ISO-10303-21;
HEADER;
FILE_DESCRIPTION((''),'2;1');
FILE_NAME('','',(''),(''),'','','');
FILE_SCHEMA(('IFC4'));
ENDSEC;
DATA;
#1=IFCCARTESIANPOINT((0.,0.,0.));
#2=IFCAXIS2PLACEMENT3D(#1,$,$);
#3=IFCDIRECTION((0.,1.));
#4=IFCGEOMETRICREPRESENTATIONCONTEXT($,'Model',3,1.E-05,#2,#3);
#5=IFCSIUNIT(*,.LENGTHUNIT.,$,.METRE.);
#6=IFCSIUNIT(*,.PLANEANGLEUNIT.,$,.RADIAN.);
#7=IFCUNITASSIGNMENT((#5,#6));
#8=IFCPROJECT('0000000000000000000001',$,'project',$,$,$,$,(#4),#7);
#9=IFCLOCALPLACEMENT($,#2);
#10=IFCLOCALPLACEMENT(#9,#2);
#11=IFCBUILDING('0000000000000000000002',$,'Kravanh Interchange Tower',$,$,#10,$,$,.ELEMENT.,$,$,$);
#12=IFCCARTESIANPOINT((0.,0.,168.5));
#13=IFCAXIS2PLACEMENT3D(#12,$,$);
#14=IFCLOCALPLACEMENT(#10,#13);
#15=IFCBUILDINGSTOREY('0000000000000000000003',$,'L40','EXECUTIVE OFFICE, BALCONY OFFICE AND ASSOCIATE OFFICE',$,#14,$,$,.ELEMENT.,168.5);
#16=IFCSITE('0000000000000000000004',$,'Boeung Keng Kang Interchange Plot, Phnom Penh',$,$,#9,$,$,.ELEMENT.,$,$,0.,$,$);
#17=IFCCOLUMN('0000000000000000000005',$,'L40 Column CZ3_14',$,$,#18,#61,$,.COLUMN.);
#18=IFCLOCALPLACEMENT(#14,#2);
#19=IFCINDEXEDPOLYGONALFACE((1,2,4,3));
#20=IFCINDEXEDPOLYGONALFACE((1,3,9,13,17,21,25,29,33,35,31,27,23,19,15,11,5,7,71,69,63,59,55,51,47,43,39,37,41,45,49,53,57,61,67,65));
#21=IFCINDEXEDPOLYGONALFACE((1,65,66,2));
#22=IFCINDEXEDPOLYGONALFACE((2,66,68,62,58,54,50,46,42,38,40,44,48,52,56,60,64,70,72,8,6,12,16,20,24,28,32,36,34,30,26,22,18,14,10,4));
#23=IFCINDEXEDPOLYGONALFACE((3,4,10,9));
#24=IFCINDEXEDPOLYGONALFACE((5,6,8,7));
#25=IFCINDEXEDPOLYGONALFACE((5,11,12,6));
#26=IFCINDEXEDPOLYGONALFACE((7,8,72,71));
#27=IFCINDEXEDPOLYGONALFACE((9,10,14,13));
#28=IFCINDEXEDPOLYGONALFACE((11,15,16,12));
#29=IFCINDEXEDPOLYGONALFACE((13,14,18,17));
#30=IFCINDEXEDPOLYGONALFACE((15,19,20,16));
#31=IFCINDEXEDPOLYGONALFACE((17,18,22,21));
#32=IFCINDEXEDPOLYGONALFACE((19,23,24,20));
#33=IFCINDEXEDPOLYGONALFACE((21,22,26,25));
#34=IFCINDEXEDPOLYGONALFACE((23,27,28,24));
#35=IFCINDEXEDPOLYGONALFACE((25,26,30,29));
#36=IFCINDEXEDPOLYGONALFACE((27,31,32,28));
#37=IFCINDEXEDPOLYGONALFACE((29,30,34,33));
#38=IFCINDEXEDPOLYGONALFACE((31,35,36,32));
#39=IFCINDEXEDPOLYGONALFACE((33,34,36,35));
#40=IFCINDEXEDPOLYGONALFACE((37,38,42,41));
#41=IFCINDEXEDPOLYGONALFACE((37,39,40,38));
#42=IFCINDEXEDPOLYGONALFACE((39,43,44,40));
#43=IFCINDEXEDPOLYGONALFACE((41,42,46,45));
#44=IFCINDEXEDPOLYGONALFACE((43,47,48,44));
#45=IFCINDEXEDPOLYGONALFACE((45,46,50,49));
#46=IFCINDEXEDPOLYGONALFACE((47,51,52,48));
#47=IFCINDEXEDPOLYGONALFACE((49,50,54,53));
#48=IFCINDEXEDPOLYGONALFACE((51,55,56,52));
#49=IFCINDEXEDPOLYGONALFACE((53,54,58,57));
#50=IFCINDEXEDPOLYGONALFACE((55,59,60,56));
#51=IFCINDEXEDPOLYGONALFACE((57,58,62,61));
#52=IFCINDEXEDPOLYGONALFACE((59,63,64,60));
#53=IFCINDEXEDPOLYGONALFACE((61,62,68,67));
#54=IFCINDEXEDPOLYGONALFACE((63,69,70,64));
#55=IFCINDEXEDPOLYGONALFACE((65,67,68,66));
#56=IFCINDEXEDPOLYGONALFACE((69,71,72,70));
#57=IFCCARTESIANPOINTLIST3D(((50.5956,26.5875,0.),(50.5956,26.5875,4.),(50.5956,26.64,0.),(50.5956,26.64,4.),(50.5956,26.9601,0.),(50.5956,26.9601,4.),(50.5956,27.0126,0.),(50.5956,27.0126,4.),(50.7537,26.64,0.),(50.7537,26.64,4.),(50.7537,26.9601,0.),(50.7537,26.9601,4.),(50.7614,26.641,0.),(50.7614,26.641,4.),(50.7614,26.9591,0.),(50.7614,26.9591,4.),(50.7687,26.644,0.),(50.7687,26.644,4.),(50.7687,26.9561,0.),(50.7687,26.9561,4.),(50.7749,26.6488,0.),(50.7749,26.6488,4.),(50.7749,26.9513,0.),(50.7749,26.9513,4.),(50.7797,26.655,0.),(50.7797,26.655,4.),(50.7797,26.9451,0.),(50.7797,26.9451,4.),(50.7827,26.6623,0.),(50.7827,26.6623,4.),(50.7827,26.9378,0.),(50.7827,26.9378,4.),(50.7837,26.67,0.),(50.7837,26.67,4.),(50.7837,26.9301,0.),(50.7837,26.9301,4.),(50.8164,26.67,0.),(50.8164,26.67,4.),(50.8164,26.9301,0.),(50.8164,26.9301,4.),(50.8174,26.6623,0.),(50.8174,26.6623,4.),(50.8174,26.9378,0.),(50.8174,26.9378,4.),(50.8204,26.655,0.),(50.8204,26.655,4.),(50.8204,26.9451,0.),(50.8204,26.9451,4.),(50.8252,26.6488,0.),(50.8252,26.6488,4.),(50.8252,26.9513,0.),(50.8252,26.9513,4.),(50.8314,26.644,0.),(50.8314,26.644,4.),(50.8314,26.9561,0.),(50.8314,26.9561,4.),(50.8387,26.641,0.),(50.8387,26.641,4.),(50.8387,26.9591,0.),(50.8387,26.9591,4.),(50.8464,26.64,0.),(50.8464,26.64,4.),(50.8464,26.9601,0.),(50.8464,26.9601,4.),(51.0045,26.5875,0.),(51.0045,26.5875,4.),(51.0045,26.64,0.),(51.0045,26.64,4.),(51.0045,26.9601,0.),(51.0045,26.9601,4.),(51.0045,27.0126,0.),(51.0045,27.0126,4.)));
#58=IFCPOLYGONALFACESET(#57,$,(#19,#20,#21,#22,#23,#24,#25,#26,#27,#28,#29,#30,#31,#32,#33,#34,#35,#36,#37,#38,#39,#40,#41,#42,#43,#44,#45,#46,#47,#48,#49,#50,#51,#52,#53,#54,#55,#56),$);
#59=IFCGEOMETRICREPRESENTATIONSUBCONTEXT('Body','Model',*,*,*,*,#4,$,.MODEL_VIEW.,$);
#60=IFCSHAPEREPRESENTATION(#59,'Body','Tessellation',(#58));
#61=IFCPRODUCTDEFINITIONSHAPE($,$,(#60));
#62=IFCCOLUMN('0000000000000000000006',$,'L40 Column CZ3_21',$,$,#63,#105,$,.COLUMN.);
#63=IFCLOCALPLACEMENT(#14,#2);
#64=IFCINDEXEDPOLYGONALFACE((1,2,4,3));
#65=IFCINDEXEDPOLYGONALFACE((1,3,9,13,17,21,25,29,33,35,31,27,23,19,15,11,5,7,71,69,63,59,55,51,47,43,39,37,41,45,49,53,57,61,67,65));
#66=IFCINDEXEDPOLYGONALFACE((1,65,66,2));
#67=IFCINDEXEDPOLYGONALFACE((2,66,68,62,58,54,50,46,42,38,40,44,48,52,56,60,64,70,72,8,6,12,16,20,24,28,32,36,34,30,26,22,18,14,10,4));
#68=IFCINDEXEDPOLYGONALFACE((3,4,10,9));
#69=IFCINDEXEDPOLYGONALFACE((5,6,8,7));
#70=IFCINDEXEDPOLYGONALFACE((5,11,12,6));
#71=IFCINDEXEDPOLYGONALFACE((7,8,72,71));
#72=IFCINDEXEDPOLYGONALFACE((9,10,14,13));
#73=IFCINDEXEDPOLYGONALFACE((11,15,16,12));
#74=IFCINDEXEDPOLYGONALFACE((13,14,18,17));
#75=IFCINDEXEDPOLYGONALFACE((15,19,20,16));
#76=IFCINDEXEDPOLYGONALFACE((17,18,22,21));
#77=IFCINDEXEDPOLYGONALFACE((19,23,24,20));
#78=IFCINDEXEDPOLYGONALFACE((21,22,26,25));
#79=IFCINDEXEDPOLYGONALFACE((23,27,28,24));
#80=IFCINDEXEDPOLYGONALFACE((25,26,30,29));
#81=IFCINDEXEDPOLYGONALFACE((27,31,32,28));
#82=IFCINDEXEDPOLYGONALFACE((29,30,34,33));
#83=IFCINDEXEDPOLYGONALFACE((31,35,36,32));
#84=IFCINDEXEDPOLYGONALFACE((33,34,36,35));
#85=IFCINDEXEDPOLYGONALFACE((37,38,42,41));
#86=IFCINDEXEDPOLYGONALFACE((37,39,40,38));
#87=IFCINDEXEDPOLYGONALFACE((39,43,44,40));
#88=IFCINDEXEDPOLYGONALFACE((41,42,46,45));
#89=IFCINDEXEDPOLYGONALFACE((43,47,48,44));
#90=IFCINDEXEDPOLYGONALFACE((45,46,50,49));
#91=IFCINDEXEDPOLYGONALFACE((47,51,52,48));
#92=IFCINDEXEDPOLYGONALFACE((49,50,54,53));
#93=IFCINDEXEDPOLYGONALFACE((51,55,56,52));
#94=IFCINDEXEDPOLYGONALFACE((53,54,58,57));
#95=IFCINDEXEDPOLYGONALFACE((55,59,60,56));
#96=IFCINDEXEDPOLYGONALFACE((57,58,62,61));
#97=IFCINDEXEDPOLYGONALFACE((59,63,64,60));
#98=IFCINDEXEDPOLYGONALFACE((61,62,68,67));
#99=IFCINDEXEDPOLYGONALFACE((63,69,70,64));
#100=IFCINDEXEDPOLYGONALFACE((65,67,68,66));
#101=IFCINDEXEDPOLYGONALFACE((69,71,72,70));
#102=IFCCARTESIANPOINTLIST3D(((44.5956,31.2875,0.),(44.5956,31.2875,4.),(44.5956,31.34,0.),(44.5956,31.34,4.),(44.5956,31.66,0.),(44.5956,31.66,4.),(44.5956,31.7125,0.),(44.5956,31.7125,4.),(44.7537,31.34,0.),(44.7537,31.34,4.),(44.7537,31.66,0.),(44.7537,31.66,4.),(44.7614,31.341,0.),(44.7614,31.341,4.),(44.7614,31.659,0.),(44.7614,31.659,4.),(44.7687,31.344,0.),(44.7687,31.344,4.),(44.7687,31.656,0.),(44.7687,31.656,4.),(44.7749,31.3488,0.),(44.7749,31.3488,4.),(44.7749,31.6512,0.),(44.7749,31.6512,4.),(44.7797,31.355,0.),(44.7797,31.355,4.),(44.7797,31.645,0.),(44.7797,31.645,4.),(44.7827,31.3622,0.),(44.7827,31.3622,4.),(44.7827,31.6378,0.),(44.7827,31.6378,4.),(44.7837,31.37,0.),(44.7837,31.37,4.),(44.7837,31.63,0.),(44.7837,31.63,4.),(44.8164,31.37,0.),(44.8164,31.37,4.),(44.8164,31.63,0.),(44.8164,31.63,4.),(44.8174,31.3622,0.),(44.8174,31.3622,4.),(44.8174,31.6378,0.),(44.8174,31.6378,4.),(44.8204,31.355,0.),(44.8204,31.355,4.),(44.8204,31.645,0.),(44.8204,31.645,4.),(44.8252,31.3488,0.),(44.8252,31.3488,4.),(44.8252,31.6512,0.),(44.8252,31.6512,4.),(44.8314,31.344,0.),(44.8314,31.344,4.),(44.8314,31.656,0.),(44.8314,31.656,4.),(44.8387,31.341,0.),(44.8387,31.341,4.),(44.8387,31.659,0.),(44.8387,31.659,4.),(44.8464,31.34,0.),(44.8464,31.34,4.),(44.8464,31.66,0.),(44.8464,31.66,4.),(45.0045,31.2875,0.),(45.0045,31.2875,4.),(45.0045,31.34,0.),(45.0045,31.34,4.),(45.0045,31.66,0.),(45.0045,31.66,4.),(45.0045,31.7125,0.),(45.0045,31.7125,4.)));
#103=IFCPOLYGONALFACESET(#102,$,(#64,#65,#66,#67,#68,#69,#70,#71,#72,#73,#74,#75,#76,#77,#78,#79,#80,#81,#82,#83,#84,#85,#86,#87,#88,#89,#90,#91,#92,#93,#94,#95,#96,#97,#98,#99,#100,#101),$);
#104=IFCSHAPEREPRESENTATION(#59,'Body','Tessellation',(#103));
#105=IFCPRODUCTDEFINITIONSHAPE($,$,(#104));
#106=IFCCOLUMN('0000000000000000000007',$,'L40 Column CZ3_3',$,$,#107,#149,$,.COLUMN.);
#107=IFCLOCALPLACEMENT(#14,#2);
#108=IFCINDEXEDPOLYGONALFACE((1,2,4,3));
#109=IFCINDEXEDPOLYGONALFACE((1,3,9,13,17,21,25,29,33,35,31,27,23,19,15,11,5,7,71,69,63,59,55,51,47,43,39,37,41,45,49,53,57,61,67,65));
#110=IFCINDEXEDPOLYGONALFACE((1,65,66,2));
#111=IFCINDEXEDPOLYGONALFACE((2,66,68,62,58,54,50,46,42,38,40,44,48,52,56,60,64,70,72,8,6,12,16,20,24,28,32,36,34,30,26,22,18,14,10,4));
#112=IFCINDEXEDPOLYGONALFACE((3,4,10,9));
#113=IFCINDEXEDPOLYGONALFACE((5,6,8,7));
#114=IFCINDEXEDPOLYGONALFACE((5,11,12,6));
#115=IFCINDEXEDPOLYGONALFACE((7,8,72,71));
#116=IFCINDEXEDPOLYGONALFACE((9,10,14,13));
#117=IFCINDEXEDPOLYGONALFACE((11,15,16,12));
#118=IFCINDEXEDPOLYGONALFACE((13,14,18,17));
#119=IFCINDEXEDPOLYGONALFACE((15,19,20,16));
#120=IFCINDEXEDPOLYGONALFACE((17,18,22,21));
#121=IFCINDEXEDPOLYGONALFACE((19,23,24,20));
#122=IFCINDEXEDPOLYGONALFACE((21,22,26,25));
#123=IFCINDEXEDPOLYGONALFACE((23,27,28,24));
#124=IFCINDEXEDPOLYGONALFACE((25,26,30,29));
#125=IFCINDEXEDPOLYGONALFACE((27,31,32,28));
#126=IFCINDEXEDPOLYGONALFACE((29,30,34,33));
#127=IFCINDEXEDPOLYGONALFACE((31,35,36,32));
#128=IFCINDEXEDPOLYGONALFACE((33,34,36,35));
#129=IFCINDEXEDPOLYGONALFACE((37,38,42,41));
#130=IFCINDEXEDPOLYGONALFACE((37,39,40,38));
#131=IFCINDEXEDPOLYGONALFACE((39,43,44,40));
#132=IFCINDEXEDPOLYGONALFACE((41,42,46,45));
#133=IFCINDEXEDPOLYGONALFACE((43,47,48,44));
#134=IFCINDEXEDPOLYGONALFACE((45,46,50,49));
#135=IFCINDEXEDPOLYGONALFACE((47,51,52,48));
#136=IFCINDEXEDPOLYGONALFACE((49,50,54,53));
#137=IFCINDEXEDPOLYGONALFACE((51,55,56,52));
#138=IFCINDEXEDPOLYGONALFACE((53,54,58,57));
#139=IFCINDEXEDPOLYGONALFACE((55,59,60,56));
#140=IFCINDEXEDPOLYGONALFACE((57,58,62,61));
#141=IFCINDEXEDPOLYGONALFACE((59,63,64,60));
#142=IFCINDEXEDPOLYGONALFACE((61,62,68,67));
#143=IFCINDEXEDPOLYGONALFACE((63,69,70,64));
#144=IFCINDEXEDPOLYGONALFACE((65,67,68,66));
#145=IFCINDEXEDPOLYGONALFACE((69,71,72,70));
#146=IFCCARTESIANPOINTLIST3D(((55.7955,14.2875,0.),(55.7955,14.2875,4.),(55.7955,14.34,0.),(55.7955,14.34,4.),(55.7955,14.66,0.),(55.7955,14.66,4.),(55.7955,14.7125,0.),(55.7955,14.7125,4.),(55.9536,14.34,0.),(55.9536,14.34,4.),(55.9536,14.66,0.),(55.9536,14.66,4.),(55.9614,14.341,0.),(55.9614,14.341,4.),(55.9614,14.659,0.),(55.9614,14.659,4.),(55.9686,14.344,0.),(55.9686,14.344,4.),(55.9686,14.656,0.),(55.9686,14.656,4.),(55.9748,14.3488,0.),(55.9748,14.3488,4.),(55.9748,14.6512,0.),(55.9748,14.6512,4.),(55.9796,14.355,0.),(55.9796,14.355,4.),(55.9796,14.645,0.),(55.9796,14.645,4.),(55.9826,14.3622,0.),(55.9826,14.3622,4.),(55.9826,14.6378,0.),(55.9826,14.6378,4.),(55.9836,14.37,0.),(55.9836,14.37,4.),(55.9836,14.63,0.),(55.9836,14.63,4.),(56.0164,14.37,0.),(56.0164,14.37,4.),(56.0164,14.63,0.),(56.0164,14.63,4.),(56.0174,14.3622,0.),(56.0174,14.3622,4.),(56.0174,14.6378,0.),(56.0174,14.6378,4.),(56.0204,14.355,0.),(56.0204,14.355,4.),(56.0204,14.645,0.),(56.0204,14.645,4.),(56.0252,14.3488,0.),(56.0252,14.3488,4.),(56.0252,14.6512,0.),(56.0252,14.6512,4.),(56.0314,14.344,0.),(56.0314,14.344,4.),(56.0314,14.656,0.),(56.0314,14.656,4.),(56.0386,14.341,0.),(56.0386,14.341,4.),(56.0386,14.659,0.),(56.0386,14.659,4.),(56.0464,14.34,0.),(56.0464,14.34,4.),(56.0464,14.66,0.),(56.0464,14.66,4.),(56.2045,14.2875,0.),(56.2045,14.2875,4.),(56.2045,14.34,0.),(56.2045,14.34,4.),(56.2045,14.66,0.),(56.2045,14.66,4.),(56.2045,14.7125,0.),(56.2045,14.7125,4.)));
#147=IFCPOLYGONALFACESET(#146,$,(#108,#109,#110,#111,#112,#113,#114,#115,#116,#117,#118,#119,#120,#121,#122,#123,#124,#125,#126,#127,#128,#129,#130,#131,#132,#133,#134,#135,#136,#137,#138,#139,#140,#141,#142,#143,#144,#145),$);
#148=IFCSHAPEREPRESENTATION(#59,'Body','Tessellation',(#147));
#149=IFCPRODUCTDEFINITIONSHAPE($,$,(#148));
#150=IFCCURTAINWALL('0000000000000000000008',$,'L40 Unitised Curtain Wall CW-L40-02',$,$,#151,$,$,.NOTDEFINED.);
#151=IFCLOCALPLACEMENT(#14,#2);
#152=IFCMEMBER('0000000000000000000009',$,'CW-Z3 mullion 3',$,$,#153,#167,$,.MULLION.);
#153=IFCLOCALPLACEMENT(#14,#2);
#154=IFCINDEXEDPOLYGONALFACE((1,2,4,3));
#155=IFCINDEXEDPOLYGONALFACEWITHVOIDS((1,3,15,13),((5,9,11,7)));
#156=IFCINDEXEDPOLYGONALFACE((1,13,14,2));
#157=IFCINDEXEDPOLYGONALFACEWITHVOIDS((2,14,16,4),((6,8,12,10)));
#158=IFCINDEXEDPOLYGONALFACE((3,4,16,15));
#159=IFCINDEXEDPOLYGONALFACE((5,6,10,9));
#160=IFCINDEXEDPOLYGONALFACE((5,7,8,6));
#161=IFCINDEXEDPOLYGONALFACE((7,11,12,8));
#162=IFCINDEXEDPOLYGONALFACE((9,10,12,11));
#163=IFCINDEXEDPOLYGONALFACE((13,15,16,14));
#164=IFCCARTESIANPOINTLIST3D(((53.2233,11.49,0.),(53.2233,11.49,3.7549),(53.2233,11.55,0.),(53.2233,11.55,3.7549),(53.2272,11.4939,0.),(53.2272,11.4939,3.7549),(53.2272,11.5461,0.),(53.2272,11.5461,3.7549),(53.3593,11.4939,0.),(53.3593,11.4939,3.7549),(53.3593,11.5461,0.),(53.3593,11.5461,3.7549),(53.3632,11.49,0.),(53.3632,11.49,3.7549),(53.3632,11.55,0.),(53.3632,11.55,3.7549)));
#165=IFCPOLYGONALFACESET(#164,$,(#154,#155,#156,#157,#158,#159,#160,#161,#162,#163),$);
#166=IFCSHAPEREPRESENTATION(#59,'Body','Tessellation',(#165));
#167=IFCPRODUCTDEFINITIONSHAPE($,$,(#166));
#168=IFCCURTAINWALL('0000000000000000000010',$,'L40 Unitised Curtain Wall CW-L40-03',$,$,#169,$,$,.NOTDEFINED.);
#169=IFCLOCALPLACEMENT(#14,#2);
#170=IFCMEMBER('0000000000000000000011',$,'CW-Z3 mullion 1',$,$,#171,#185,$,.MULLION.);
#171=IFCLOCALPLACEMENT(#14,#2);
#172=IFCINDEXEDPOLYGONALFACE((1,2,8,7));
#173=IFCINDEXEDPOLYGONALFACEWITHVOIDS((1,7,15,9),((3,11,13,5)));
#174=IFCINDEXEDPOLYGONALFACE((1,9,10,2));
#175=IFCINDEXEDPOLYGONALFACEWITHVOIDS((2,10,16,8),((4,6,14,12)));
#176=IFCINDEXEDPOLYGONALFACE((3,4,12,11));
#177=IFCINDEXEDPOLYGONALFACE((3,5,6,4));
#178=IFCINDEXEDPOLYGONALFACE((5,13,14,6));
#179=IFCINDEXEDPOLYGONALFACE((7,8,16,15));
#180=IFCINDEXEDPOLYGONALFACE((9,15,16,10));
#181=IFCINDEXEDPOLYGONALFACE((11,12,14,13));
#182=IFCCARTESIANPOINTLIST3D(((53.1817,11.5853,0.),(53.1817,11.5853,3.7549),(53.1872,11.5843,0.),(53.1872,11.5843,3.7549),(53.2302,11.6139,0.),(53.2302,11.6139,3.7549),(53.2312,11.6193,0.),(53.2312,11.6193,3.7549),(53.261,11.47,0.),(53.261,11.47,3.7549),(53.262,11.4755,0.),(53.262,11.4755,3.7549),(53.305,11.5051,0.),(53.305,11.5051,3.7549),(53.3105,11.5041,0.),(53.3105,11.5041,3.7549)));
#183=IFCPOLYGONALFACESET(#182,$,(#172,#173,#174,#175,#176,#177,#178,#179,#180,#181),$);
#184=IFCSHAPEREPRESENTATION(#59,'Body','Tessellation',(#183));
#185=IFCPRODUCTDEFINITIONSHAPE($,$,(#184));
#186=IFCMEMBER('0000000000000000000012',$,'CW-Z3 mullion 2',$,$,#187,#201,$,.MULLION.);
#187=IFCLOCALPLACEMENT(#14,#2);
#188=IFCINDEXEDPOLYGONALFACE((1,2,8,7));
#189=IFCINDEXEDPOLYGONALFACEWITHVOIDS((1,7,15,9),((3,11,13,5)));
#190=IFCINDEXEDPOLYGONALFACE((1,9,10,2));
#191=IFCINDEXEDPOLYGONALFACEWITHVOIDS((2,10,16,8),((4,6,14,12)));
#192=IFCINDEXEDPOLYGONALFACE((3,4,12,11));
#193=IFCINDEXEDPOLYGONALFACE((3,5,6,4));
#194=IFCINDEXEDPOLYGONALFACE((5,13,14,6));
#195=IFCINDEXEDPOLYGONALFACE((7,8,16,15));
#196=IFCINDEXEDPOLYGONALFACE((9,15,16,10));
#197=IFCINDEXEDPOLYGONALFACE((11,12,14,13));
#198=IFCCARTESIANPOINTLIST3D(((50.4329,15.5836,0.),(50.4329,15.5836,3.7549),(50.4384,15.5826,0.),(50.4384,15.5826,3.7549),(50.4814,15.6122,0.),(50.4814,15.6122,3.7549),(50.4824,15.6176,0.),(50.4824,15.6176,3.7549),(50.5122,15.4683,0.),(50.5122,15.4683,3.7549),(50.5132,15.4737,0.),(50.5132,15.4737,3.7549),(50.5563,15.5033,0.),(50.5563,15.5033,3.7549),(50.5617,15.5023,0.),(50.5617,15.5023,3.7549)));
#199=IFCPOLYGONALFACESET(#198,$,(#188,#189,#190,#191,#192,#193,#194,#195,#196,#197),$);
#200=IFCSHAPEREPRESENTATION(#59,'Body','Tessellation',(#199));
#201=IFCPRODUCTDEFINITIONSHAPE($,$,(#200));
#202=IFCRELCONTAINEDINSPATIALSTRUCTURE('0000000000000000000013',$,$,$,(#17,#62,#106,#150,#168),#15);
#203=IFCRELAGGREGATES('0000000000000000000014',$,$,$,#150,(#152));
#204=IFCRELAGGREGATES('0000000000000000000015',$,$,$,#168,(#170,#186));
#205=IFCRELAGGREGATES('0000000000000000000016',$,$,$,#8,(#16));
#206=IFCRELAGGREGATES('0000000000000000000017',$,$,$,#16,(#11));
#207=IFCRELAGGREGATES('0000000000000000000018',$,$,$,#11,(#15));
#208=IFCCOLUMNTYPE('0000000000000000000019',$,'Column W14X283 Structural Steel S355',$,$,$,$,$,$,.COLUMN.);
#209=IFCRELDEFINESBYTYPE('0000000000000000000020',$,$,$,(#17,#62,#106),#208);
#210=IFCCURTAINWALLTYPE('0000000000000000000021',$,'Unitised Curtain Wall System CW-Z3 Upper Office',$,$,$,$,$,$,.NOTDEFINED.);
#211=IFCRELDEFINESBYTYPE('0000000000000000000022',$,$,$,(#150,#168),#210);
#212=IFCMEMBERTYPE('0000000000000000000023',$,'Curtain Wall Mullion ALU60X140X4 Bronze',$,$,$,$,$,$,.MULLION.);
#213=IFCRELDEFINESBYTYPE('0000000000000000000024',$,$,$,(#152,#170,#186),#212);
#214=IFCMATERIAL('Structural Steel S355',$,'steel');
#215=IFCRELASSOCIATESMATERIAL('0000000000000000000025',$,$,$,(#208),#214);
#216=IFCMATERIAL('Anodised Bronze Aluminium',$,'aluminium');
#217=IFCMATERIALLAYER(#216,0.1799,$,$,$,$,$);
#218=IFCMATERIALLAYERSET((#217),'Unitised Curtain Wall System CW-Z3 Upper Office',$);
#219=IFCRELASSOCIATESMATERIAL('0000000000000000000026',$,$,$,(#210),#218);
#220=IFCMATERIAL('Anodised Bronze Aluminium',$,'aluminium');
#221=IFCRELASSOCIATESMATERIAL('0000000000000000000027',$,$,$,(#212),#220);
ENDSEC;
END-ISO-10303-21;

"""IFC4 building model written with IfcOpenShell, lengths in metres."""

from ifc_helpers import new_model, si_unit, direction, frame, origin, origin_2d, place, context, subcontext, project, spatial, hollow_rectangle, i_section, extrude, material, layer, layer_set, material_profile, profile_set, type_object, element, aggregate, save


model = new_model("IFC4")

# Units and contexts
model_context = context("Model", 3, precision=1e-05, world=origin(), true_north=direction((0.0, 1.0)))
body_context = subcontext(model_context, "Body", "Model", "MODEL_VIEW")
ifc_project = project(units=[si_unit("LENGTHUNIT", "METRE"), si_unit("PLANEANGLEUNIT", "RADIAN")], contexts=[model_context])

# Site, building, storey
site_placement = place(None, origin())
site = spatial("IfcSite", under=ifc_project, at=site_placement, Name="Boeung Keng Kang Interchange Plot, Phnom Penh", CompositionType="ELEMENT", RefElevation=0.0)
building_placement = place(site_placement, origin())
building = spatial("IfcBuilding", under=site, at=building_placement, Name="Kravanh Interchange Tower", CompositionType="ELEMENT")
storey_placement = place(building_placement, frame((0.0, 0.0, 168.5)))
storey = spatial("IfcBuildingStorey", under=building, at=storey_placement, Name="L40", Description="EXECUTIVE OFFICE, BALCONY OFFICE AND ASSOCIATE OFFICE", CompositionType="ELEMENT", Elevation=168.5)

# Columns
ifc_material_1 = material(Name="Structural Steel S355", Category="steel")
ifc_material_profile_1 = material_profile(ifc_material_1, i_section(OverallWidth=0.4089, OverallDepth=0.425, WebThickness=0.0327, FlangeThickness=0.0525, FilletRadius=0.03, at=origin_2d()), Name="W14X283")
ifc_profile_set_1 = profile_set([ifc_material_profile_1], Name="Structural Steel S355")
column_type = type_object("IfcColumnType", Name="Column W14X283 Structural Steel S355", PredefinedType="COLUMN", material=ifc_profile_set_1)
for number, where, z_axis, x_axis, name in (
    (1, (50.8, 26.8, 0.0), (0.0, 0.0, 1.0), (1.0, 0.0, 0.0), "L40 Column CZ3_14"),
    (2, (44.8, 31.5, 0.0), (0.0, 0.0, 1.0), (1.0, 0.0, 0.0), "L40 Column CZ3_21"),
    (3, (56.0, 14.5, 0.0), (0.0, 0.0, 1.0), (1.0, 0.0, 0.0), "L40 Column CZ3_3"),
):
    element("IfcColumn", number, at=place(storey_placement, frame(where, z_axis=z_axis, x_axis=x_axis)), inside=storey, type_object=column_type, Name=name, PredefinedType="COLUMN", context=body_context, shape_type="SweptSolid", body=[
        extrude(i_section(OverallWidth=0.4089, OverallDepth=0.425, WebThickness=0.0327, FlangeThickness=0.0525, FilletRadius=0.03, at=origin_2d()), origin(), (0.0, 0.0, 1.0), 4.0),
    ])

# Curtain wall, member
ifc_material_2 = material(Name="Anodised Bronze Aluminium", Category="aluminium")
ifc_layer_1 = layer(ifc_material_2, 0.1799)
ifc_layer_set_1 = layer_set([ifc_layer_1], Name="Unitised Curtain Wall System CW-Z3 Upper Office")
curtain_wall_type = type_object("IfcCurtainWallType", Name="Unitised Curtain Wall System CW-Z3 Upper Office", PredefinedType="NOTDEFINED", material=ifc_layer_set_1)
curtain_wall_1_placement = place(storey_placement, origin())
curtain_wall_1 = element("IfcCurtainWall", 4, at=curtain_wall_1_placement, inside=storey, type_object=curtain_wall_type, Name="L40 Unitised Curtain Wall CW-L40-02", PredefinedType="NOTDEFINED")
ifc_material_3 = material(Name="Anodised Bronze Aluminium", Category="aluminium")
ifc_material_profile_2 = material_profile(ifc_material_3, hollow_rectangle(XDim=0.0601, YDim=0.1399, WallThickness=0.0039, at=origin_2d()), Name="ALU60X140X4")
ifc_profile_set_2 = profile_set([ifc_material_profile_2], Name="Anodised Bronze Aluminium")
member_type_1 = type_object("IfcMemberType", Name="Curtain Wall Mullion ALU60X140X4 Bronze", PredefinedType="MULLION", material=ifc_profile_set_2)
member_1_placement = place(storey_placement, frame((53.2932, 11.52, 0.0), z_axis=(0.0, 0.0, 1.0), x_axis=(0.0, -1.0, 0.0)))
member_1 = element("IfcMember", 5, at=member_1_placement, type_object=member_type_1, Name="CW-Z3 mullion 3", PredefinedType="MULLION", context=body_context, shape_type="SweptSolid", body=[
    extrude(hollow_rectangle(XDim=0.0601, YDim=0.1399, WallThickness=0.0039, at=origin_2d()), origin(), (0.0, 0.0, 1.0), 3.7549),
])

# Curtain wall, members
curtain_wall_2_placement = place(storey_placement, origin())
curtain_wall_2 = element("IfcCurtainWall", 6, at=curtain_wall_2_placement, inside=storey, type_object=curtain_wall_type, Name="L40 Unitised Curtain Wall CW-L40-03", PredefinedType="NOTDEFINED")
member_2_placement = place(storey_placement, frame((53.2461, 11.5447, 0.0), z_axis=(0.0, 0.0, 1.0), x_axis=(-0.824042, -0.566528, 0.0)))
member_2 = element("IfcMember", 7, at=member_2_placement, type_object=member_type_1, Name="CW-Z3 mullion 1", PredefinedType="MULLION", context=body_context, shape_type="SweptSolid", body=[
    extrude(hollow_rectangle(XDim=0.0601, YDim=0.1399, WallThickness=0.0039, at=origin_2d()), origin(), (0.0, 0.0, 1.0), 3.7549),
])
member_3_placement = place(storey_placement, frame((50.4973, 15.543, 0.0), z_axis=(0.0, 0.0, 1.0), x_axis=(-0.824042, -0.566528, 0.0)))
member_3 = element("IfcMember", 8, at=member_3_placement, type_object=member_type_1, Name="CW-Z3 mullion 2", PredefinedType="MULLION", context=body_context, shape_type="SweptSolid", body=[
    extrude(hollow_rectangle(XDim=0.0601, YDim=0.1399, WallThickness=0.0039, at=origin_2d()), origin(), (0.0, 0.0, 1.0), 3.7549),
])

aggregate(curtain_wall_1, [member_1])
aggregate(curtain_wall_2, [member_2, member_3])

save(model, "model.ifc")
